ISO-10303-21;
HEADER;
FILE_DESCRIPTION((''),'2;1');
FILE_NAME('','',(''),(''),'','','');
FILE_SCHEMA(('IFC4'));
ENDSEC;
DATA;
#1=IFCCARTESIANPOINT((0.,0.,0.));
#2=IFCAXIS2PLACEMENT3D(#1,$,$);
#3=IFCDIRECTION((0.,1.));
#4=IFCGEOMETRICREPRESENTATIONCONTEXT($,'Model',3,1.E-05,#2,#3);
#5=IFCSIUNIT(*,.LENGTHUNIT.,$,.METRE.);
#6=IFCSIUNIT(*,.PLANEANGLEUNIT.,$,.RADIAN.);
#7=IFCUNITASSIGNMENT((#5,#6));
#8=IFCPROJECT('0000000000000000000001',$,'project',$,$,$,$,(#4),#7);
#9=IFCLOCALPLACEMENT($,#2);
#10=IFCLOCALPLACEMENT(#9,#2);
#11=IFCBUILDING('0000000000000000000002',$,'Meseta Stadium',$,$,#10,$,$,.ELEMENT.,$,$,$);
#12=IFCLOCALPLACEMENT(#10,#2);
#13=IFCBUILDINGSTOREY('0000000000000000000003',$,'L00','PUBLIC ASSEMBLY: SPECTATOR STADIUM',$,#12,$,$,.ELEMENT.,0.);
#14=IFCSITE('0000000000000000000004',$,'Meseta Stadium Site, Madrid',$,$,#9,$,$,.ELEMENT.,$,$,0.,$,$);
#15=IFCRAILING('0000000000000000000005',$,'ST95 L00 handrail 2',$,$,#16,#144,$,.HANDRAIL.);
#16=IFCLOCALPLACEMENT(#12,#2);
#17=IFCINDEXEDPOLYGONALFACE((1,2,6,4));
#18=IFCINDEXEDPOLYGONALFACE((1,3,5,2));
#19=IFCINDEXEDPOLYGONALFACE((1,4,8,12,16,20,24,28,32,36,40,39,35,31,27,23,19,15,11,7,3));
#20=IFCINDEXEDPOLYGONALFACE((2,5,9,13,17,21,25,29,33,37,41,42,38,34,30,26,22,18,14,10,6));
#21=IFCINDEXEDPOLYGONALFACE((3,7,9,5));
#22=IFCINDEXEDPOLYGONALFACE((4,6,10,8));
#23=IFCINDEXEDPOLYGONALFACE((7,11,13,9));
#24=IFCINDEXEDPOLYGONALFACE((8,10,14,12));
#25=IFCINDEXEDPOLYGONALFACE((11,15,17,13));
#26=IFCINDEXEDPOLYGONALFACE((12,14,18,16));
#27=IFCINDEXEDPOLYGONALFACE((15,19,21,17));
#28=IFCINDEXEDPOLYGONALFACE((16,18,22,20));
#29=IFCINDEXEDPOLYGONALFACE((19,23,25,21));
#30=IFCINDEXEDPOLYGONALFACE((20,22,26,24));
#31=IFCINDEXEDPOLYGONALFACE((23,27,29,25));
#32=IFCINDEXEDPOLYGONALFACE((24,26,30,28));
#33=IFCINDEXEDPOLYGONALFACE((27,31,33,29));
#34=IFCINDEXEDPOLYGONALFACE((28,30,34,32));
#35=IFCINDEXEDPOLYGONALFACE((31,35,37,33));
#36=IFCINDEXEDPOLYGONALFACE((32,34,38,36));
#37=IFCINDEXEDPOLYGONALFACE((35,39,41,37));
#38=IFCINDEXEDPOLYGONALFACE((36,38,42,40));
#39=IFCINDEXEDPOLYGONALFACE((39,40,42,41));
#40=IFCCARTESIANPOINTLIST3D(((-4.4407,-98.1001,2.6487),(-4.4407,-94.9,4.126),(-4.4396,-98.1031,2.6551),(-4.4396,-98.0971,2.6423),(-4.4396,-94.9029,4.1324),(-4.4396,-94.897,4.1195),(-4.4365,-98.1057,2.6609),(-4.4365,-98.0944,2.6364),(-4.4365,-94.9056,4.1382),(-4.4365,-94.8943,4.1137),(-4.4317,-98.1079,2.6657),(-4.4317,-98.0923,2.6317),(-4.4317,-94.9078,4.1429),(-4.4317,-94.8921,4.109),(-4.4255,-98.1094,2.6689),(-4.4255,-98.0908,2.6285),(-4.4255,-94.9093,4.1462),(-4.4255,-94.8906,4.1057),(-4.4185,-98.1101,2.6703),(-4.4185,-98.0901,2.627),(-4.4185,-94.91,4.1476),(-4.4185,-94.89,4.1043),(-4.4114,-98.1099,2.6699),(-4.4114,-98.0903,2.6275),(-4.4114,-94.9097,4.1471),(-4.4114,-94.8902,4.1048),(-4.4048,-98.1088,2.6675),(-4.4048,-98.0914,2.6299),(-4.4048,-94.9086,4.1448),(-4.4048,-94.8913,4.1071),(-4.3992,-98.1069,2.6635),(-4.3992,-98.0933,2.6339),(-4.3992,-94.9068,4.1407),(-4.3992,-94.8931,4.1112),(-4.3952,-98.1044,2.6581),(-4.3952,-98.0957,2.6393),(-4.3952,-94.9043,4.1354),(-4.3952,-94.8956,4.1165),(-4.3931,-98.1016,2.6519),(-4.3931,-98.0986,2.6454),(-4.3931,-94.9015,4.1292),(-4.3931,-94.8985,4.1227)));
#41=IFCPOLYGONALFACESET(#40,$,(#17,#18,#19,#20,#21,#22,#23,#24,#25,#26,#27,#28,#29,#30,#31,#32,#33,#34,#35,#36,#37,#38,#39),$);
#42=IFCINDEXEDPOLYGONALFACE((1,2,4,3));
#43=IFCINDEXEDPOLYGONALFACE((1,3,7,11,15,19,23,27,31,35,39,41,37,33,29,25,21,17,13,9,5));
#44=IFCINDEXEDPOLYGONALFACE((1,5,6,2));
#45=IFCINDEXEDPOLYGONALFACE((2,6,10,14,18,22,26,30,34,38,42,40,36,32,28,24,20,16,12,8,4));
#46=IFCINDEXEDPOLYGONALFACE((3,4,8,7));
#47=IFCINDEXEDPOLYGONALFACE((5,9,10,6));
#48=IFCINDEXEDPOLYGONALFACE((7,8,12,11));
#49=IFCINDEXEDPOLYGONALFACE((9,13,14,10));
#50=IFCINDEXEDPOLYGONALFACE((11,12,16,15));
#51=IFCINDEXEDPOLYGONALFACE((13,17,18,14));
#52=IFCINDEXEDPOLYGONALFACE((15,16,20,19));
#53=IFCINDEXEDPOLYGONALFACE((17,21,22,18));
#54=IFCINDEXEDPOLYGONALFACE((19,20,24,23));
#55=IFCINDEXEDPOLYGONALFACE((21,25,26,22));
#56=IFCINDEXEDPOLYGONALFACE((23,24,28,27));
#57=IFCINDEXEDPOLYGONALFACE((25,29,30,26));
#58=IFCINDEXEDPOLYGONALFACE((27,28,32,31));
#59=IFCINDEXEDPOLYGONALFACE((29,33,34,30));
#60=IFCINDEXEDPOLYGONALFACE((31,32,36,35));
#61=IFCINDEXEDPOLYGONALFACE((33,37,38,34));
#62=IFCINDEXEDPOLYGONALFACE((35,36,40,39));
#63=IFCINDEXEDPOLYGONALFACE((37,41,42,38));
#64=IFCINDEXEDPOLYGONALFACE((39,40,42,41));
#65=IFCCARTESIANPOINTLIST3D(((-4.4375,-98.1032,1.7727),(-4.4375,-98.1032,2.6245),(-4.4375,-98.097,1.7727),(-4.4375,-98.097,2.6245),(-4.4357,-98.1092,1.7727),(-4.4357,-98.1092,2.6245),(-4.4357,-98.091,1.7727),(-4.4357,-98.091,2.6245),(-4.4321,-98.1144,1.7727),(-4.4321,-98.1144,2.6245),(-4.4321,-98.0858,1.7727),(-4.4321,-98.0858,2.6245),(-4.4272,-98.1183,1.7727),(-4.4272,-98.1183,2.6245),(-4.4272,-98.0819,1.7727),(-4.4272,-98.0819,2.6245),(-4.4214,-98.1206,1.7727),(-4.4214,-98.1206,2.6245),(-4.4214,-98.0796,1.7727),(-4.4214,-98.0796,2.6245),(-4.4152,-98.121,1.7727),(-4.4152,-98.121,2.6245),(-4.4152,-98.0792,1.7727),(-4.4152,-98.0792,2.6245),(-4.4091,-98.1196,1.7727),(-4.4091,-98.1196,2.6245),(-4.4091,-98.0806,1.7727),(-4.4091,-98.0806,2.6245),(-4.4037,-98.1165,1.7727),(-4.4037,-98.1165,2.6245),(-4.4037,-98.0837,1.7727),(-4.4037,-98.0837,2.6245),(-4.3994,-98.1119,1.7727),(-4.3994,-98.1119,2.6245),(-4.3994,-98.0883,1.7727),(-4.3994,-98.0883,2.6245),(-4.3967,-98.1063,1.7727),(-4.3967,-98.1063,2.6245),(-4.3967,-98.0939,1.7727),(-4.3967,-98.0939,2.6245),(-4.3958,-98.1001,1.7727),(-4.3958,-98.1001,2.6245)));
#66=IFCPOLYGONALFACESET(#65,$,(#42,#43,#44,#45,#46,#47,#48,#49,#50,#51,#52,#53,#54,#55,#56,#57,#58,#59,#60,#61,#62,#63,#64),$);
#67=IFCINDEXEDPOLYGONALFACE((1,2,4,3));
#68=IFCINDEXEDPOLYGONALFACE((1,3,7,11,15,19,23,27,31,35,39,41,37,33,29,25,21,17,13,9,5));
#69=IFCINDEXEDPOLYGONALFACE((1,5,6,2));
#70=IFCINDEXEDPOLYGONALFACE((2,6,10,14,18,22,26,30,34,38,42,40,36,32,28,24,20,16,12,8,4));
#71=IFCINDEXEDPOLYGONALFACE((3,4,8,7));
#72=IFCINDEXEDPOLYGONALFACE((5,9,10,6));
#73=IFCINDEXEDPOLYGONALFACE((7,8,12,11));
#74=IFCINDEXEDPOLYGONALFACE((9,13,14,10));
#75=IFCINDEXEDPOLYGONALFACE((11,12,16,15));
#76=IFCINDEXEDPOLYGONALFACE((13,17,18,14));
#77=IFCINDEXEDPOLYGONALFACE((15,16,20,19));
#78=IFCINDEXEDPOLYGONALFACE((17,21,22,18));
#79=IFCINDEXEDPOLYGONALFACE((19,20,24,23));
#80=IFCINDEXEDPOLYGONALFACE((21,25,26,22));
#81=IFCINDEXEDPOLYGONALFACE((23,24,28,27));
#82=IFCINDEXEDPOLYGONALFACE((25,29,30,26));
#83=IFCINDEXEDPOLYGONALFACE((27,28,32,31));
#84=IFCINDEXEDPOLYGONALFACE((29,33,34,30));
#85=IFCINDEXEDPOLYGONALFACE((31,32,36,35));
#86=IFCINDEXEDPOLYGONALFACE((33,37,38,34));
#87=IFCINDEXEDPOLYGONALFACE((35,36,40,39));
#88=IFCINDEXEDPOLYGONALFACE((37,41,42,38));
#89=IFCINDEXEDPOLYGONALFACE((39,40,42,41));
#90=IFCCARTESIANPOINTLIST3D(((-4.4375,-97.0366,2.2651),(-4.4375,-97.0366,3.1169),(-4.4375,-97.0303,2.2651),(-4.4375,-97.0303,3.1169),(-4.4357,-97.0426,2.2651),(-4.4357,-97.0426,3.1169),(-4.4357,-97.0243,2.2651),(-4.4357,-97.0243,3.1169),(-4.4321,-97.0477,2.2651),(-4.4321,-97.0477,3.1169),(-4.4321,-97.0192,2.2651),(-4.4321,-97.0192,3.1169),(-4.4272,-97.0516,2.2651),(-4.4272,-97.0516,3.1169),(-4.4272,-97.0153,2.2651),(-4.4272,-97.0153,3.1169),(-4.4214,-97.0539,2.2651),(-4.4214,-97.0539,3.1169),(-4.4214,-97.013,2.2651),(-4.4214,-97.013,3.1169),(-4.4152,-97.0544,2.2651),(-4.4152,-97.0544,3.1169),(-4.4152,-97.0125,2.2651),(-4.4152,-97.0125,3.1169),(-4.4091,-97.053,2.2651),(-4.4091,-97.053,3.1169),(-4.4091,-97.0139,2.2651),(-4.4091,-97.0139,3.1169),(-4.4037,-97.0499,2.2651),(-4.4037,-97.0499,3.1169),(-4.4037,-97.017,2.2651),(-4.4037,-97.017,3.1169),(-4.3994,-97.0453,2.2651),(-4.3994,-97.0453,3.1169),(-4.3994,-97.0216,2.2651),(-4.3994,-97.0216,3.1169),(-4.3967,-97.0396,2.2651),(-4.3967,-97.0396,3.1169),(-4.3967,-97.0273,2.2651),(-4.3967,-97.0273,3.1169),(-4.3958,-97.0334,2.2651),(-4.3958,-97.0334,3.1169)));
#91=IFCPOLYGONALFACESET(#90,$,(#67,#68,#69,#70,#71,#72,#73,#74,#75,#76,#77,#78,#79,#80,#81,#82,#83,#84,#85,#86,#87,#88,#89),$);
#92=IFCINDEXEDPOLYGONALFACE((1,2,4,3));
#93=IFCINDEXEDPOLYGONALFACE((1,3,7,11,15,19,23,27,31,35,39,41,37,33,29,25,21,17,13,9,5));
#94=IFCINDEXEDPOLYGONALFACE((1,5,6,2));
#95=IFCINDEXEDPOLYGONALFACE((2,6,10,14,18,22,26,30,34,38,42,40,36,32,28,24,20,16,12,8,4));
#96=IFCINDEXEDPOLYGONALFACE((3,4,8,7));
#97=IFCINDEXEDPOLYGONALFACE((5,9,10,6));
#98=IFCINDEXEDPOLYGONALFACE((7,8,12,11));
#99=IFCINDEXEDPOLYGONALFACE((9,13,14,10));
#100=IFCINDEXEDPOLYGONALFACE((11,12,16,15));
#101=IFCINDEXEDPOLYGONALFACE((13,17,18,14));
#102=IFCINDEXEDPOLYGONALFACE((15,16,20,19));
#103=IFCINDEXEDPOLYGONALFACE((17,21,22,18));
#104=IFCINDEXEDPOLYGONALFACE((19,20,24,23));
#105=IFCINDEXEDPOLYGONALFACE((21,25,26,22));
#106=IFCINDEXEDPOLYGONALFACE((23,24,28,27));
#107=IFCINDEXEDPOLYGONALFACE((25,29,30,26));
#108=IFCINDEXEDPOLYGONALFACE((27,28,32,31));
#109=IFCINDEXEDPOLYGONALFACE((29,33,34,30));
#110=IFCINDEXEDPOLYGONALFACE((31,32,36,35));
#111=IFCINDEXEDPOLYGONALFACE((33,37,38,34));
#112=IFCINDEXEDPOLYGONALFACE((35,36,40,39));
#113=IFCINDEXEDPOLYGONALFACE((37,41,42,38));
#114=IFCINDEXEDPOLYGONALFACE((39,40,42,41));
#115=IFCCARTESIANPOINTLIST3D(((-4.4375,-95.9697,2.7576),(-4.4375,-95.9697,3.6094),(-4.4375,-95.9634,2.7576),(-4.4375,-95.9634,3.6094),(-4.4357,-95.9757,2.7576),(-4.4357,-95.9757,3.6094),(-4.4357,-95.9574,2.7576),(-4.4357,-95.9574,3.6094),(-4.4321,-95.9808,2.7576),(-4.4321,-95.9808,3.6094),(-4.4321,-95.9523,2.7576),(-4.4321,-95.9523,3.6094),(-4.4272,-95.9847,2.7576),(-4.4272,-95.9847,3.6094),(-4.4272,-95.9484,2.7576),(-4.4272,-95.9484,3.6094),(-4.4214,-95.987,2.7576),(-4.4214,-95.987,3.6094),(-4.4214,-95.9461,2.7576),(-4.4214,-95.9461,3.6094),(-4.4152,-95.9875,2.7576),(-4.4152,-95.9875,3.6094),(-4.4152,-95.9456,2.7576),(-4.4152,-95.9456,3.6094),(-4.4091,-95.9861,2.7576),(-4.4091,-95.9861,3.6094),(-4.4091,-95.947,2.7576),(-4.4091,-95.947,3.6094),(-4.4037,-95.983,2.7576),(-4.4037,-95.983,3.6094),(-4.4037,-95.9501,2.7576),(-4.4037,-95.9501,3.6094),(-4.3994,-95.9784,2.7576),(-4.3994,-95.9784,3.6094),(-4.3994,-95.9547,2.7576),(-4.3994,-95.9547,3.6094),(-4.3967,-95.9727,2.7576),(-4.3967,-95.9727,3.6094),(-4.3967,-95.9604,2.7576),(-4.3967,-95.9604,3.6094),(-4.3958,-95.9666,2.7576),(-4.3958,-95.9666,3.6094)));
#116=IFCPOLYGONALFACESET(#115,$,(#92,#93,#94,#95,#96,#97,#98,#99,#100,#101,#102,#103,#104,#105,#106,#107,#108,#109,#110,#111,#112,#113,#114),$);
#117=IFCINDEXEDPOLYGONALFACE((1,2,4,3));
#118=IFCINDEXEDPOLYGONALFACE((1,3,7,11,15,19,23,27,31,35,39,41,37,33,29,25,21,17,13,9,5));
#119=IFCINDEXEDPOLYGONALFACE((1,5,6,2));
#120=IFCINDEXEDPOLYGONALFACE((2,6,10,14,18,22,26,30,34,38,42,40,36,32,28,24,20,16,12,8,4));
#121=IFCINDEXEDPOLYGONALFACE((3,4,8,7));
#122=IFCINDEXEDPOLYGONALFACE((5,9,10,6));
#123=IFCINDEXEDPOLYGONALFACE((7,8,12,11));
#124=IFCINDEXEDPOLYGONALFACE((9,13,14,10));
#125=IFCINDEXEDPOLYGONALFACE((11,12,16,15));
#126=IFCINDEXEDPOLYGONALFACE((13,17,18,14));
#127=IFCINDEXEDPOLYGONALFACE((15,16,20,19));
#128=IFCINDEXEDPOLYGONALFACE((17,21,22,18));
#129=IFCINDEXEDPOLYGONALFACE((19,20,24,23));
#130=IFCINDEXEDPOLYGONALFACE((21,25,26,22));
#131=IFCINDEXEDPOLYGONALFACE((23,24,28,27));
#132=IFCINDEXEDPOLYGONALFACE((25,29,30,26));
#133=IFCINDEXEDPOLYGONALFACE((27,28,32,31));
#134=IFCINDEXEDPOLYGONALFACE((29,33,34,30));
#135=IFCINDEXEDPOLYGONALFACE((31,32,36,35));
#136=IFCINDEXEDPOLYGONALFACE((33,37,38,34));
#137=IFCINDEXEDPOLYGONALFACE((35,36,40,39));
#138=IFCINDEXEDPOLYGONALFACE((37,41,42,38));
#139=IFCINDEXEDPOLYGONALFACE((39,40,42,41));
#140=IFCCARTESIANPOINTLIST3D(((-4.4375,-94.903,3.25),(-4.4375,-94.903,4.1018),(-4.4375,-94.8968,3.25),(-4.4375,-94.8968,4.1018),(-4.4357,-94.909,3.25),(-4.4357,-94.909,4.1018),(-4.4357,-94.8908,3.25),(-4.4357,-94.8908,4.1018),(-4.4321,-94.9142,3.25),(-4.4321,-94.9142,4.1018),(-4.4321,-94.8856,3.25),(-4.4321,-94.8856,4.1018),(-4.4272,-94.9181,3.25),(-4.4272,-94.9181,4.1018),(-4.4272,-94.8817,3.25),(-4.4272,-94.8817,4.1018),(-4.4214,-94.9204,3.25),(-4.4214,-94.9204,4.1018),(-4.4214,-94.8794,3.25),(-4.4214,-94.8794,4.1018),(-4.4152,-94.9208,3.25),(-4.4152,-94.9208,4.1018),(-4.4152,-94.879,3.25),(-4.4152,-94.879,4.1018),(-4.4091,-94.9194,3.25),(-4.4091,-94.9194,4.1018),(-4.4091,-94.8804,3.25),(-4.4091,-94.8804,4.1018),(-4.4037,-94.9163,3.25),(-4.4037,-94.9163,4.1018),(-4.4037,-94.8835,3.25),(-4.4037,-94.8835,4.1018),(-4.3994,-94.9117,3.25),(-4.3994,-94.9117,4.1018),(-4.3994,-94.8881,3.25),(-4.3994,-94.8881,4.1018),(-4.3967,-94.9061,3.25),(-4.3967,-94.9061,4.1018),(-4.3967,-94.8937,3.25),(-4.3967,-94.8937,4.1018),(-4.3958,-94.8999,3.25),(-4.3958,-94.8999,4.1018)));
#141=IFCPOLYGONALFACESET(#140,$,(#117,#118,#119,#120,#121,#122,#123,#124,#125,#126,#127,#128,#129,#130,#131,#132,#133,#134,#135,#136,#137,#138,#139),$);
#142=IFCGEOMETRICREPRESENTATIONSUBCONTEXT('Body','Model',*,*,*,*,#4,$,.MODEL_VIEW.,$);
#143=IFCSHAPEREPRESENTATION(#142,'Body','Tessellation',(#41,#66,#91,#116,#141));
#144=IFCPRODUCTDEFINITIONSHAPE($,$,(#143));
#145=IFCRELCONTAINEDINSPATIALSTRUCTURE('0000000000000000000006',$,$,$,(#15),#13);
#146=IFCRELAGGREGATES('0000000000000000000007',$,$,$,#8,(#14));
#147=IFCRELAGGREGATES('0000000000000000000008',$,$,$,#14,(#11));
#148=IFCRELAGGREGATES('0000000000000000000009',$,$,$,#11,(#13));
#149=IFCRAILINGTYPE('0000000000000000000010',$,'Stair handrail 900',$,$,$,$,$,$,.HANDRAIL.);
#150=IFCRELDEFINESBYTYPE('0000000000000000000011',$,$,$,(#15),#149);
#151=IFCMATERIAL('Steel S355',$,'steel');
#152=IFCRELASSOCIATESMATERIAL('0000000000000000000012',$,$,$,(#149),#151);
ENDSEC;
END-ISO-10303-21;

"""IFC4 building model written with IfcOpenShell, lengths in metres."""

from ifc_helpers import new_model, si_unit, direction, frame, origin, origin_2d, place, context, subcontext, project, spatial, circle, extrude, material, type_object, element, save


model = new_model("IFC4")

# Units and contexts
model_context = context("Model", 3, precision=1e-05, world=origin(), true_north=direction((0.0, 1.0)))
body_context = subcontext(model_context, "Body", "Model", "MODEL_VIEW")
ifc_project = project(units=[si_unit("LENGTHUNIT", "METRE"), si_unit("PLANEANGLEUNIT", "RADIAN")], contexts=[model_context])

# Site, building, storey
site_placement = place(None, origin())
site = spatial("IfcSite", under=ifc_project, at=site_placement, Name="Meseta Stadium Site, Madrid", CompositionType="ELEMENT", RefElevation=0.0)
building_placement = place(site_placement, origin())
building = spatial("IfcBuilding", under=site, at=building_placement, Name="Meseta Stadium", CompositionType="ELEMENT")
storey_placement = place(building_placement, origin())
storey = spatial("IfcBuildingStorey", under=building, at=storey_placement, Name="L00", Description="PUBLIC ASSEMBLY: SPECTATOR STADIUM", CompositionType="ELEMENT", Elevation=0.0)

# Railing
ifc_material_1 = material(Name="Steel S355", Category="steel")
railing_type_1 = type_object("IfcRailingType", Name="Stair handrail 900", PredefinedType="HANDRAIL", material=ifc_material_1)
railing_1_placement = place(storey_placement, frame((-4.4167, -98.1001, 1.7727)))
element("IfcRailing", 1, at=railing_1_placement, inside=storey, type_object=railing_type_1, Name="ST95 L00 handrail 2", PredefinedType="HANDRAIL", context=body_context, shape_type="SweptSolid", body=[
    extrude(circle(Radius=0.0239, at=origin_2d()), frame((0.0, 0.0, 0.876), z_axis=(0.0, 0.907929, 0.419124), x_axis=(-1.0, 0.0, 0.0)), (0.0, 0.0, 1.0), 3.5247),
    extrude(circle(Radius=0.021, at=origin_2d()), origin(), (0.0, 0.0, 1.0), 0.8518),
    extrude(circle(Radius=0.021, at=origin_2d()), frame((0.0, 1.0667, 0.4924)), (0.0, 0.0, 1.0), 0.8518),
    extrude(circle(Radius=0.021, at=origin_2d()), frame((0.0, 2.1335, 0.9849)), (0.0, 0.0, 1.0), 0.8518),
    extrude(circle(Radius=0.021, at=origin_2d()), frame((0.0, 3.2002, 1.4773)), (0.0, 0.0, 1.0), 0.8518),
])

save(model, "model.ifc")
